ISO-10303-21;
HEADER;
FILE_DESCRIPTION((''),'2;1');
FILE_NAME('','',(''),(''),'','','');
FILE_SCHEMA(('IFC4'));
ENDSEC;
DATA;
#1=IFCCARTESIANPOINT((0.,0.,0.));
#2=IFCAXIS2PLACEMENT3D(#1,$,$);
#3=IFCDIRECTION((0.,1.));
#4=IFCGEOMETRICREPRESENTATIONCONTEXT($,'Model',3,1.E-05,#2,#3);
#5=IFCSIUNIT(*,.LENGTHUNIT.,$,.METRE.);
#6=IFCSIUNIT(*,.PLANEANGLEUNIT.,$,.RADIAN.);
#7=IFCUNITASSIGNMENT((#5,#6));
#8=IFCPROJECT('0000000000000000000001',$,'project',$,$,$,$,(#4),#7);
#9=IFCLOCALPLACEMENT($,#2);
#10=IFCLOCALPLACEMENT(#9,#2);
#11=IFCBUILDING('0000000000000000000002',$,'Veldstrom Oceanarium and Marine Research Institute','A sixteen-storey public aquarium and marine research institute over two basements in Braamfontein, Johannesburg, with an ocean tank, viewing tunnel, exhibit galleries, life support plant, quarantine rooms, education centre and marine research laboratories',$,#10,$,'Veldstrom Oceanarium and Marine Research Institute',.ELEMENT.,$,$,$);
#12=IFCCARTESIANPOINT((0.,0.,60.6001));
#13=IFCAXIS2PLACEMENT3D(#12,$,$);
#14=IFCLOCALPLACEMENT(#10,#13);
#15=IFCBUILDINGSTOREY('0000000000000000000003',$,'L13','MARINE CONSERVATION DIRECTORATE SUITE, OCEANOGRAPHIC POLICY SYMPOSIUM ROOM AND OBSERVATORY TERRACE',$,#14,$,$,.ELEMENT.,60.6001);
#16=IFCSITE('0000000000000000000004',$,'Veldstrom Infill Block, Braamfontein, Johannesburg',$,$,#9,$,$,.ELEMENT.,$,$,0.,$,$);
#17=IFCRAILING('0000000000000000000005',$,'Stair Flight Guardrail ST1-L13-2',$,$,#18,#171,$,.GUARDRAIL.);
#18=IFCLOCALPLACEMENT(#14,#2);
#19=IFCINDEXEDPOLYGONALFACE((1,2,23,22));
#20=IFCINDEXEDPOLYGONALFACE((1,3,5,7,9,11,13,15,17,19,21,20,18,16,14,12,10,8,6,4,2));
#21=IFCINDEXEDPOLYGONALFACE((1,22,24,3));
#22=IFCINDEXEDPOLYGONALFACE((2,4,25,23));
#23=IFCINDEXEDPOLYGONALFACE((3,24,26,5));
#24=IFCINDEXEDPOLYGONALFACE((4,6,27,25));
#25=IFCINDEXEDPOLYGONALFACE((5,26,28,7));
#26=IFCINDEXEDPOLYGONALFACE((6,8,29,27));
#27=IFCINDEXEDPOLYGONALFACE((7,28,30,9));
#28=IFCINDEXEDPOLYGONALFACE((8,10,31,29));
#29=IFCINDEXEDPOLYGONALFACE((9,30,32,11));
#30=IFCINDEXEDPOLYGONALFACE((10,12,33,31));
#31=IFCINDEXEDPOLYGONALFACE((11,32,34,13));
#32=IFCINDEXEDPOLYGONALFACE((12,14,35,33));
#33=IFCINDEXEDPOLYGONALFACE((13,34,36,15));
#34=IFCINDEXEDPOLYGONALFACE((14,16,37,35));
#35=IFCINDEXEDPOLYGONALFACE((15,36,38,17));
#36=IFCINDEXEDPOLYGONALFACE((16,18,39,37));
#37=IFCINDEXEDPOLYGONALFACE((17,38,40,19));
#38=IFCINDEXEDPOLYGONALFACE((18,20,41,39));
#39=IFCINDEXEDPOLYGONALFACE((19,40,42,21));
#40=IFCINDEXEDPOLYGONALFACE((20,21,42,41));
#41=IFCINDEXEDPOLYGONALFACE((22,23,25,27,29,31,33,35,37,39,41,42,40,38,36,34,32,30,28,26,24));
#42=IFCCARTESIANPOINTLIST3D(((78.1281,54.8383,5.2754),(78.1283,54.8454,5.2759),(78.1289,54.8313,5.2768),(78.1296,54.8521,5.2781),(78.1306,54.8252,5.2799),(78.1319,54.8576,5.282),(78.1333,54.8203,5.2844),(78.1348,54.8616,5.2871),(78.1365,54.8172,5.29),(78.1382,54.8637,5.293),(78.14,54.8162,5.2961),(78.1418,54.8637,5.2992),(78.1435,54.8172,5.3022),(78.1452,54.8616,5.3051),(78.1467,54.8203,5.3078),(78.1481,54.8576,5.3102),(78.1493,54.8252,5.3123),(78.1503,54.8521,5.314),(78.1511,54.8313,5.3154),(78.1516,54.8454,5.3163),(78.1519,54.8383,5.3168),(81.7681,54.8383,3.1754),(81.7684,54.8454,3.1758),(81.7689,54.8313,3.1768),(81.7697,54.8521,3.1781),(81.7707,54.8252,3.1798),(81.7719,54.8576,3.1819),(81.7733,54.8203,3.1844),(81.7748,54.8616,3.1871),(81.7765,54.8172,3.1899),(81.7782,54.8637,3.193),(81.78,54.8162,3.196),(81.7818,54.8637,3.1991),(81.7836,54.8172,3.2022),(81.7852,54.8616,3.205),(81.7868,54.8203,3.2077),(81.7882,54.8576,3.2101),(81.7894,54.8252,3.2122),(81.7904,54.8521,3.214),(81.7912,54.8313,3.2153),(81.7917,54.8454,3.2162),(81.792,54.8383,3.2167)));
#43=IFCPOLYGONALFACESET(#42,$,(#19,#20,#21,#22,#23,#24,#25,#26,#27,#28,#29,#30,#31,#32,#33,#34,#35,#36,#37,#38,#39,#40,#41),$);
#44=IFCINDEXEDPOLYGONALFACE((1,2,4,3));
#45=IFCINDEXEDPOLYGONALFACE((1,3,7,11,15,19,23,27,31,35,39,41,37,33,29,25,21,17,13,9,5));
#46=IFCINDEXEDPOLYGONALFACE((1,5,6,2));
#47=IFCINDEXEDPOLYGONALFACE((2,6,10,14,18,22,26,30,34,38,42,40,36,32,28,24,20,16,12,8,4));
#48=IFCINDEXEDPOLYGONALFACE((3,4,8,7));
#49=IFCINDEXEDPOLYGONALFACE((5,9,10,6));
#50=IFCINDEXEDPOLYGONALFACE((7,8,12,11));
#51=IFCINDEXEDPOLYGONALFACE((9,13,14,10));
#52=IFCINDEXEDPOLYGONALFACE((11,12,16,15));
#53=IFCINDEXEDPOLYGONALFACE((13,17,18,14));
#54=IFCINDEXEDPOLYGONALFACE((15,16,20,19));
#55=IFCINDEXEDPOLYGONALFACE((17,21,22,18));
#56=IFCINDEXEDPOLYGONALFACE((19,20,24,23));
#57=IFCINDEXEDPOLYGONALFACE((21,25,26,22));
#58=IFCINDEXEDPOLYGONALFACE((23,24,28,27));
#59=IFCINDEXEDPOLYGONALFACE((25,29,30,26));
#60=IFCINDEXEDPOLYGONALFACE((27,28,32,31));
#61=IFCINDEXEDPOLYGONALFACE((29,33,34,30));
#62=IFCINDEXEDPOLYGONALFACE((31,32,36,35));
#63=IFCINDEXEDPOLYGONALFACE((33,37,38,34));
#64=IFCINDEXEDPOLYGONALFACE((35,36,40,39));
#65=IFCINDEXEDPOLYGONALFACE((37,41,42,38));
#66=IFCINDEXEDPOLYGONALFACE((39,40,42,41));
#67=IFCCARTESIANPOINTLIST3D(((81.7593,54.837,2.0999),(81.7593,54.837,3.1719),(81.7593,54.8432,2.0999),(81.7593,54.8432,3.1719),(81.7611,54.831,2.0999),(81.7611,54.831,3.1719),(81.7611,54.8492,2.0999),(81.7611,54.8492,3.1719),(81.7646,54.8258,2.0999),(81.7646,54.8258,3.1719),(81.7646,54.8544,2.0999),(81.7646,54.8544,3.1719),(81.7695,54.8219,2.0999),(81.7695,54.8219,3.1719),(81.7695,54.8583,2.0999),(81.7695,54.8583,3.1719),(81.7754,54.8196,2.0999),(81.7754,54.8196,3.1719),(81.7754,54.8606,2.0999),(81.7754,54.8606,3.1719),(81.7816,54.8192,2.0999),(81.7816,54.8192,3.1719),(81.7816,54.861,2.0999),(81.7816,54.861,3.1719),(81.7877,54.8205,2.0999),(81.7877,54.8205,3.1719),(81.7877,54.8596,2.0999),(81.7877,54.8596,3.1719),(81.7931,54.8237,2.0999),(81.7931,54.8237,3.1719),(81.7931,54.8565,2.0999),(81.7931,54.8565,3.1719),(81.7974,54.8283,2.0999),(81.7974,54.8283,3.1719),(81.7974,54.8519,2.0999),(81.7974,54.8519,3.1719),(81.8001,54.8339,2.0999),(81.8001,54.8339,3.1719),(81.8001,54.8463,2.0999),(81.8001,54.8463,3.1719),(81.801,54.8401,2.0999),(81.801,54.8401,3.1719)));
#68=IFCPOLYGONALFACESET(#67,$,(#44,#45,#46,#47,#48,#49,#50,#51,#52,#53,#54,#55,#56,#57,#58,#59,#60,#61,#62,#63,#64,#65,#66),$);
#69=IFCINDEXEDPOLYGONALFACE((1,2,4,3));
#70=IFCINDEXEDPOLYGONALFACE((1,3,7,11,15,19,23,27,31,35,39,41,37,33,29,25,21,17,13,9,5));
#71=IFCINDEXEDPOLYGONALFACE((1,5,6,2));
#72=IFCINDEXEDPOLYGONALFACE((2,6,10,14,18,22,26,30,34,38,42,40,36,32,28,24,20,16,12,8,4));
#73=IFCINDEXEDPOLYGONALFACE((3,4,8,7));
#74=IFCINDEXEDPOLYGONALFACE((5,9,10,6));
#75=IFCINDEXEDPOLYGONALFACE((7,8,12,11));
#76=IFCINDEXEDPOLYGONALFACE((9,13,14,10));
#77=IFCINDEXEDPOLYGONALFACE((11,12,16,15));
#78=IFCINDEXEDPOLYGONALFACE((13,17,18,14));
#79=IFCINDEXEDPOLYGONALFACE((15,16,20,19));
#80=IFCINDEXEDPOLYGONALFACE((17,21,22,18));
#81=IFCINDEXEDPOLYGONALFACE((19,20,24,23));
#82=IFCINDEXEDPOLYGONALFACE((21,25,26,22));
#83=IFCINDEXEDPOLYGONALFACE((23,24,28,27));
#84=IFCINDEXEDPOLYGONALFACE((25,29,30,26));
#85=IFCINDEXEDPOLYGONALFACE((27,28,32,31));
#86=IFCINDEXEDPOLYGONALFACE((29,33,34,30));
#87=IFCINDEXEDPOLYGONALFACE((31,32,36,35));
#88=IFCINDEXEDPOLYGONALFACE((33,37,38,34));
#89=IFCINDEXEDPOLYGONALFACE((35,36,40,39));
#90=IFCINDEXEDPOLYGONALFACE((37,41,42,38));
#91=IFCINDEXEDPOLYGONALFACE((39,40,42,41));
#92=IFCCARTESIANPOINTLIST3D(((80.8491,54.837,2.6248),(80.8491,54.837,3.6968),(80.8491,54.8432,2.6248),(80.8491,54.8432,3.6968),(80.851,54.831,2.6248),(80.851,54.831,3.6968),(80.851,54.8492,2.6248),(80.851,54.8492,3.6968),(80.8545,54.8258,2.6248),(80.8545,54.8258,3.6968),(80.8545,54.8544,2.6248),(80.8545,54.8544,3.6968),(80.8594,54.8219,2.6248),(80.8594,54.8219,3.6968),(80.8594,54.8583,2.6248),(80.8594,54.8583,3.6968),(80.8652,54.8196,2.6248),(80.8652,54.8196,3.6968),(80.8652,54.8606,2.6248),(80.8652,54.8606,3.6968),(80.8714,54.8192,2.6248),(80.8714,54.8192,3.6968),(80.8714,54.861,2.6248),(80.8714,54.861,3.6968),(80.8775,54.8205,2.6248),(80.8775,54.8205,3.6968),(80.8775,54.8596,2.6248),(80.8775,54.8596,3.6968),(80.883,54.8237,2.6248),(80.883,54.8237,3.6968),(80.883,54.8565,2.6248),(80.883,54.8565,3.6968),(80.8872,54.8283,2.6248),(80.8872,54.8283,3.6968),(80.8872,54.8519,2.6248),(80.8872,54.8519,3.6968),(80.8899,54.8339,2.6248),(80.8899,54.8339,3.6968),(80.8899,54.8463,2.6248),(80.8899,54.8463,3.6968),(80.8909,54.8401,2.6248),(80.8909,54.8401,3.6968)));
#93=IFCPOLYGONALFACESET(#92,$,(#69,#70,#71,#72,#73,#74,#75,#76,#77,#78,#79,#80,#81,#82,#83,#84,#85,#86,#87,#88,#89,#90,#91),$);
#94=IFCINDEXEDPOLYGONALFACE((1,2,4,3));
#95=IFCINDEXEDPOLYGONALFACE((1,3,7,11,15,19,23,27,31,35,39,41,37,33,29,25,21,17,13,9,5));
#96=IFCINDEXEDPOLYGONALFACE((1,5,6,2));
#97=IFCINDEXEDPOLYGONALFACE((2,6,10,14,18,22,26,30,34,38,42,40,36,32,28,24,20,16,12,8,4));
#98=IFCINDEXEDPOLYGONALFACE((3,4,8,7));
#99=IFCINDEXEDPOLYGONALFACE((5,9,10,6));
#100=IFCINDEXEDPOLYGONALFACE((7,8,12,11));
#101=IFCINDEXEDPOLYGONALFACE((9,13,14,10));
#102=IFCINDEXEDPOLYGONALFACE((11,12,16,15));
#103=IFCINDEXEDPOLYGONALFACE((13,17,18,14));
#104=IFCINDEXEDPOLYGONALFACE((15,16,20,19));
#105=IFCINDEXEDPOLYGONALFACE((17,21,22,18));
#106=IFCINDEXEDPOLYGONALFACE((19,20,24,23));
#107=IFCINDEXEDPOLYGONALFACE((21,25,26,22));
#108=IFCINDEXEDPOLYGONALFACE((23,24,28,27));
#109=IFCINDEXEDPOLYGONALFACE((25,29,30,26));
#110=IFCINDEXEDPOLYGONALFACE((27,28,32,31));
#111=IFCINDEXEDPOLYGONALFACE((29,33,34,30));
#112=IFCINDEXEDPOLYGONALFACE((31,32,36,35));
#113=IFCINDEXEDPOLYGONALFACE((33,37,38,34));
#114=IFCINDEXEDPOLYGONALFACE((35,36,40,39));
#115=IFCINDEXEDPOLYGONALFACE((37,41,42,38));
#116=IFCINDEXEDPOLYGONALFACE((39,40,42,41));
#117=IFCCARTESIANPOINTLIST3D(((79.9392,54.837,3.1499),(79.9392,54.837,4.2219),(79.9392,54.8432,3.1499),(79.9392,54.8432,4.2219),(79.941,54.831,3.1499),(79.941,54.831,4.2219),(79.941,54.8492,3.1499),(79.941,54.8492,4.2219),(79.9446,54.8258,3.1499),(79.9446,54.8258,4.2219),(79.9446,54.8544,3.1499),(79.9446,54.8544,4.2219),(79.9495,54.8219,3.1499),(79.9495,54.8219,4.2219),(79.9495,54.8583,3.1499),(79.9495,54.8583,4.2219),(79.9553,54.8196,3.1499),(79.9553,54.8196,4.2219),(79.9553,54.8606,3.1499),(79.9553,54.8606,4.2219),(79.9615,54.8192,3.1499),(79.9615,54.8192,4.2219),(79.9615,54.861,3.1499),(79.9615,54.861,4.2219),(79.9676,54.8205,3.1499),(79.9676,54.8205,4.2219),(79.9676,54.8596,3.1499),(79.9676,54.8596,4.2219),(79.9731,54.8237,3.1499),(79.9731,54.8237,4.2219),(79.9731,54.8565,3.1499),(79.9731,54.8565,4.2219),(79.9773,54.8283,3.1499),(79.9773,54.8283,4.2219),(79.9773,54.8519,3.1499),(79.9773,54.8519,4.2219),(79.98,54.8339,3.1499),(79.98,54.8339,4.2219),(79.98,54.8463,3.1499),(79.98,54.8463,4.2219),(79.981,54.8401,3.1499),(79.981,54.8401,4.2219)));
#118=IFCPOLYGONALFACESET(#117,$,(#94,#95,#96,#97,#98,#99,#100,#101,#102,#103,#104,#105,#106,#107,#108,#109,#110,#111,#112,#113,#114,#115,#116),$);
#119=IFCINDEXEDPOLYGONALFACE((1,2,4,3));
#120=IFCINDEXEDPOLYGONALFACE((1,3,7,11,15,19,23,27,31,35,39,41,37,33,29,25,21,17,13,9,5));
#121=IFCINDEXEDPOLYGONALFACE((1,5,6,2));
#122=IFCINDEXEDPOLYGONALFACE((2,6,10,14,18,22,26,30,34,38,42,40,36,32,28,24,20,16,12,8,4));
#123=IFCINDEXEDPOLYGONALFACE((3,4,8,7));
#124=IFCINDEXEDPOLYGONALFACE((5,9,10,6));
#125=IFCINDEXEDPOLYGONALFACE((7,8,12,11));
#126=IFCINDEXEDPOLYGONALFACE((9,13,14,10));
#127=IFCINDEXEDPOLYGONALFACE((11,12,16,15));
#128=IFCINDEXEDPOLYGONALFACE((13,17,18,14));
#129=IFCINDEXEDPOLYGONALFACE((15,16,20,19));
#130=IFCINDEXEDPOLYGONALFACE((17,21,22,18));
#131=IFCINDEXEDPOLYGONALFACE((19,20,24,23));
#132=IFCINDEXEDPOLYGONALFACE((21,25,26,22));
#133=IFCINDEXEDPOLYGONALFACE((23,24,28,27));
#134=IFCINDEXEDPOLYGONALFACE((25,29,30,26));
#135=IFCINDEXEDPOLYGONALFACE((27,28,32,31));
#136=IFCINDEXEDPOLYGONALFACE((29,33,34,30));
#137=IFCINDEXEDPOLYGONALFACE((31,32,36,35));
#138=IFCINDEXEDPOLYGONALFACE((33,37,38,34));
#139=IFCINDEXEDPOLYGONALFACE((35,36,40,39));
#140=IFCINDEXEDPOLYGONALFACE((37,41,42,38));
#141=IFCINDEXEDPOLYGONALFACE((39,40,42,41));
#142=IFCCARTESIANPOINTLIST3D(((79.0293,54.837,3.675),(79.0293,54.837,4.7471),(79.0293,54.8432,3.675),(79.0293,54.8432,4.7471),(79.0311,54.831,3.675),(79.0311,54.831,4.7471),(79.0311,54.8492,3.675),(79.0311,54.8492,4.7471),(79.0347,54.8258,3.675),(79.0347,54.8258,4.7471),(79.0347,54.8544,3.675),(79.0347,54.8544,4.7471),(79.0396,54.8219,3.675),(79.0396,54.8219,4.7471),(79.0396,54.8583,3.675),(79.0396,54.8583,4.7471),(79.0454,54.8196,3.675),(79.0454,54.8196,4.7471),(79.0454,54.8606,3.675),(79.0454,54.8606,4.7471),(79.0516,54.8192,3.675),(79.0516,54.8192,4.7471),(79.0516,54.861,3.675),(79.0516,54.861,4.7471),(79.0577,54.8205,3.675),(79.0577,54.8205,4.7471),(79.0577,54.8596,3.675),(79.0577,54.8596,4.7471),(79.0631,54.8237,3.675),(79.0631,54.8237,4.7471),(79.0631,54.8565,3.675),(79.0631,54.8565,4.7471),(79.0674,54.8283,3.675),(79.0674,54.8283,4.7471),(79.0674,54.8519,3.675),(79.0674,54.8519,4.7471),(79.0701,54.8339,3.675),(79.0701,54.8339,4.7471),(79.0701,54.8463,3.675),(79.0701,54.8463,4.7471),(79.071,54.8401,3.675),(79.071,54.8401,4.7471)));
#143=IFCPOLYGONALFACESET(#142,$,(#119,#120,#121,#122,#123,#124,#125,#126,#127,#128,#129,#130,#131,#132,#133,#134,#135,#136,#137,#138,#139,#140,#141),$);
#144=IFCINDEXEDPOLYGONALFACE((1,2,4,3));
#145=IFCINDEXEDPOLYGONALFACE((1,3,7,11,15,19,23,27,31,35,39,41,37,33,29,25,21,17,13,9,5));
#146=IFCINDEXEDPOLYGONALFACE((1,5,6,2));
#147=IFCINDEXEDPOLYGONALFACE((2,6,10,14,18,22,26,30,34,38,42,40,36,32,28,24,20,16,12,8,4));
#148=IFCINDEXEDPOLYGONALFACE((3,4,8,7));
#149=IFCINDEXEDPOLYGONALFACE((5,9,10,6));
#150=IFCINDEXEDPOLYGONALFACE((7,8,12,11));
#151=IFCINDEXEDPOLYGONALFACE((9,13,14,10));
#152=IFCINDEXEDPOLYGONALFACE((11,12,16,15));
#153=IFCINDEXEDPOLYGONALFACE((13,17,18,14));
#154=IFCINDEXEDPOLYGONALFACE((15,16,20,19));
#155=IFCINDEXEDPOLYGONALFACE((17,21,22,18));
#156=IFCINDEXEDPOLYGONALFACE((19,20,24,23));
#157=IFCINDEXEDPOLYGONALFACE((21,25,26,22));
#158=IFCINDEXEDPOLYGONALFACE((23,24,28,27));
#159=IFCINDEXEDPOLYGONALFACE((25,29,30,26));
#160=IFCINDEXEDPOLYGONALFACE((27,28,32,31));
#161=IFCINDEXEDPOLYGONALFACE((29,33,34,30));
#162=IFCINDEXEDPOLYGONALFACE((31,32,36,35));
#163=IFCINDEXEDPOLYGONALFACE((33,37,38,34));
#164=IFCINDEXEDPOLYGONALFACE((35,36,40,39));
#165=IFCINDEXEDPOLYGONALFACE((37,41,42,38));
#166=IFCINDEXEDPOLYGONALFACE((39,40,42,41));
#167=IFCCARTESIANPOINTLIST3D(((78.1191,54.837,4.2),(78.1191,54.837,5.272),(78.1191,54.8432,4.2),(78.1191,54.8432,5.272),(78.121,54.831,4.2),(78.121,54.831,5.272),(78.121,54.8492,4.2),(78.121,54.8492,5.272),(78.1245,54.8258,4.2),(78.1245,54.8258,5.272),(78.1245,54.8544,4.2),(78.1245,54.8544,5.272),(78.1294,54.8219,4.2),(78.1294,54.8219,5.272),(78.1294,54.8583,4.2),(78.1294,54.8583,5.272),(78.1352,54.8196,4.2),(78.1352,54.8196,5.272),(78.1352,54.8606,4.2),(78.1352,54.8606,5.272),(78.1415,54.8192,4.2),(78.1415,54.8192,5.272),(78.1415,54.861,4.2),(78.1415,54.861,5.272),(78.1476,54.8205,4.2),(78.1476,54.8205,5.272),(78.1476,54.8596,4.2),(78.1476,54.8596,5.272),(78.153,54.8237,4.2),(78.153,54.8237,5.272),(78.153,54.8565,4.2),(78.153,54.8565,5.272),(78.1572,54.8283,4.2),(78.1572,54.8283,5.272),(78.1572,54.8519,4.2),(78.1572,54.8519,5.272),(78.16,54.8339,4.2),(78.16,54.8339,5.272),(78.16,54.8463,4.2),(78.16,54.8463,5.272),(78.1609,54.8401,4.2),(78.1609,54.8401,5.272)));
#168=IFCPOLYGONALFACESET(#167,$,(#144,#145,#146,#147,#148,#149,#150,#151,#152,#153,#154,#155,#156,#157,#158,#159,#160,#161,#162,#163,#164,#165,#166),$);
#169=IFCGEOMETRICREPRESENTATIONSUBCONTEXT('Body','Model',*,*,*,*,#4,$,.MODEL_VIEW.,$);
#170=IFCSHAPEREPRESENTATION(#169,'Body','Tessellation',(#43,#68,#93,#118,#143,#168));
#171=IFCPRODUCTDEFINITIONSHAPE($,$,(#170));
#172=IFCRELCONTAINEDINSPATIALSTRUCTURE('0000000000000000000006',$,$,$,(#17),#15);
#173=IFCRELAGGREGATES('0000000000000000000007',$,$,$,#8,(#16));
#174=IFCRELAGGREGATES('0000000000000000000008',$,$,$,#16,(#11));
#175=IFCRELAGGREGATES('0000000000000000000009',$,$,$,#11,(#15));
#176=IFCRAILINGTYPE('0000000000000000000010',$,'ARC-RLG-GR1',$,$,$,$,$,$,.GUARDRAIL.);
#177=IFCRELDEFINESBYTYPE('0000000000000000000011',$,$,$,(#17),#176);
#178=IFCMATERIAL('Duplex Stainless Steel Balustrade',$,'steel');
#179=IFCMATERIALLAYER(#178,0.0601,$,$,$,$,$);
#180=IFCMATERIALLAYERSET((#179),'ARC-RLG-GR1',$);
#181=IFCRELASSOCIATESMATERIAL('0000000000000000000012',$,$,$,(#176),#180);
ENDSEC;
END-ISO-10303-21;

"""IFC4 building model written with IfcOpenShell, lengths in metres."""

from ifc_helpers import new_model, si_unit, direction, frame, origin, origin_2d, place, context, subcontext, project, spatial, circle, extrude, material, layer, layer_set, type_object, element, save


model = new_model("IFC4")

# Units and contexts
model_context = context("Model", 3, precision=1e-05, world=origin(), true_north=direction((0.0, 1.0)))
body_context = subcontext(model_context, "Body", "Model", "MODEL_VIEW")
ifc_project = project(units=[si_unit("LENGTHUNIT", "METRE"), si_unit("PLANEANGLEUNIT", "RADIAN")], contexts=[model_context])

# Site, building, storey
site_placement = place(None, origin())
site = spatial("IfcSite", under=ifc_project, at=site_placement, Name="Veldstrom Infill Block, Braamfontein, Johannesburg", CompositionType="ELEMENT", RefElevation=0.0)
building_placement = place(site_placement, origin())
building = spatial("IfcBuilding", under=site, at=building_placement, Name="Veldstrom Oceanarium and Marine Research Institute", Description="A sixteen-storey public aquarium and marine research institute over two basements in Braamfontein, Johannesburg, with an ocean tank, viewing tunnel, exhibit galleries, life support plant, quarantine rooms, education centre and marine research laboratories", LongName="Veldstrom Oceanarium and Marine Research Institute", CompositionType="ELEMENT")
storey_placement = place(building_placement, frame((0.0, 0.0, 60.6001)))
storey = spatial("IfcBuildingStorey", under=building, at=storey_placement, Name="L13", Description="MARINE CONSERVATION DIRECTORATE SUITE, OCEANOGRAPHIC POLICY SYMPOSIUM ROOM AND OBSERVATORY TERRACE", CompositionType="ELEMENT", Elevation=60.6001)

# Railing
ifc_material_1 = material(Name="Duplex Stainless Steel Balustrade", Category="steel")
ifc_layer_1 = layer(ifc_material_1, 0.0601)
ifc_layer_set_1 = layer_set([ifc_layer_1], Name="ARC-RLG-GR1")
railing_type_1 = type_object("IfcRailingType", Name="ARC-RLG-GR1", PredefinedType="GUARDRAIL", material=ifc_layer_set_1)
railing_1_placement = place(storey_placement, frame((81.78, 54.8401, 2.0999)))
element("IfcRailing", 1, at=railing_1_placement, inside=storey, type_object=railing_type_1, Name="Stair Flight Guardrail ST1-L13-2", PredefinedType="GUARDRAIL", context=body_context, shape_type="SweptSolid", body=[
    extrude(circle(Radius=0.0239, at=origin_2d()), frame((0.0, 0.0, 1.0962), z_axis=(-0.866184, 0.0, 0.499726), x_axis=(0.0, -1.0, 0.0)), (0.0, 0.0, 1.0), 4.2024),
    extrude(circle(Radius=0.021, at=origin_2d()), origin(), (0.0, 0.0, 1.0), 1.072),
    extrude(circle(Radius=0.021, at=origin_2d()), frame((-0.9102, 0.0, 0.5249)), (0.0, 0.0, 1.0), 1.072),
    extrude(circle(Radius=0.021, at=origin_2d()), frame((-1.8201, 0.0, 1.05)), (0.0, 0.0, 1.0), 1.072),
    extrude(circle(Radius=0.021, at=origin_2d()), frame((-2.73, 0.0, 1.5752)), (0.0, 0.0, 1.0), 1.072),
    extrude(circle(Radius=0.021, at=origin_2d()), frame((-3.6401, 0.0, 2.1001)), (0.0, 0.0, 1.0), 1.072),
])

save(model, "model.ifc")
